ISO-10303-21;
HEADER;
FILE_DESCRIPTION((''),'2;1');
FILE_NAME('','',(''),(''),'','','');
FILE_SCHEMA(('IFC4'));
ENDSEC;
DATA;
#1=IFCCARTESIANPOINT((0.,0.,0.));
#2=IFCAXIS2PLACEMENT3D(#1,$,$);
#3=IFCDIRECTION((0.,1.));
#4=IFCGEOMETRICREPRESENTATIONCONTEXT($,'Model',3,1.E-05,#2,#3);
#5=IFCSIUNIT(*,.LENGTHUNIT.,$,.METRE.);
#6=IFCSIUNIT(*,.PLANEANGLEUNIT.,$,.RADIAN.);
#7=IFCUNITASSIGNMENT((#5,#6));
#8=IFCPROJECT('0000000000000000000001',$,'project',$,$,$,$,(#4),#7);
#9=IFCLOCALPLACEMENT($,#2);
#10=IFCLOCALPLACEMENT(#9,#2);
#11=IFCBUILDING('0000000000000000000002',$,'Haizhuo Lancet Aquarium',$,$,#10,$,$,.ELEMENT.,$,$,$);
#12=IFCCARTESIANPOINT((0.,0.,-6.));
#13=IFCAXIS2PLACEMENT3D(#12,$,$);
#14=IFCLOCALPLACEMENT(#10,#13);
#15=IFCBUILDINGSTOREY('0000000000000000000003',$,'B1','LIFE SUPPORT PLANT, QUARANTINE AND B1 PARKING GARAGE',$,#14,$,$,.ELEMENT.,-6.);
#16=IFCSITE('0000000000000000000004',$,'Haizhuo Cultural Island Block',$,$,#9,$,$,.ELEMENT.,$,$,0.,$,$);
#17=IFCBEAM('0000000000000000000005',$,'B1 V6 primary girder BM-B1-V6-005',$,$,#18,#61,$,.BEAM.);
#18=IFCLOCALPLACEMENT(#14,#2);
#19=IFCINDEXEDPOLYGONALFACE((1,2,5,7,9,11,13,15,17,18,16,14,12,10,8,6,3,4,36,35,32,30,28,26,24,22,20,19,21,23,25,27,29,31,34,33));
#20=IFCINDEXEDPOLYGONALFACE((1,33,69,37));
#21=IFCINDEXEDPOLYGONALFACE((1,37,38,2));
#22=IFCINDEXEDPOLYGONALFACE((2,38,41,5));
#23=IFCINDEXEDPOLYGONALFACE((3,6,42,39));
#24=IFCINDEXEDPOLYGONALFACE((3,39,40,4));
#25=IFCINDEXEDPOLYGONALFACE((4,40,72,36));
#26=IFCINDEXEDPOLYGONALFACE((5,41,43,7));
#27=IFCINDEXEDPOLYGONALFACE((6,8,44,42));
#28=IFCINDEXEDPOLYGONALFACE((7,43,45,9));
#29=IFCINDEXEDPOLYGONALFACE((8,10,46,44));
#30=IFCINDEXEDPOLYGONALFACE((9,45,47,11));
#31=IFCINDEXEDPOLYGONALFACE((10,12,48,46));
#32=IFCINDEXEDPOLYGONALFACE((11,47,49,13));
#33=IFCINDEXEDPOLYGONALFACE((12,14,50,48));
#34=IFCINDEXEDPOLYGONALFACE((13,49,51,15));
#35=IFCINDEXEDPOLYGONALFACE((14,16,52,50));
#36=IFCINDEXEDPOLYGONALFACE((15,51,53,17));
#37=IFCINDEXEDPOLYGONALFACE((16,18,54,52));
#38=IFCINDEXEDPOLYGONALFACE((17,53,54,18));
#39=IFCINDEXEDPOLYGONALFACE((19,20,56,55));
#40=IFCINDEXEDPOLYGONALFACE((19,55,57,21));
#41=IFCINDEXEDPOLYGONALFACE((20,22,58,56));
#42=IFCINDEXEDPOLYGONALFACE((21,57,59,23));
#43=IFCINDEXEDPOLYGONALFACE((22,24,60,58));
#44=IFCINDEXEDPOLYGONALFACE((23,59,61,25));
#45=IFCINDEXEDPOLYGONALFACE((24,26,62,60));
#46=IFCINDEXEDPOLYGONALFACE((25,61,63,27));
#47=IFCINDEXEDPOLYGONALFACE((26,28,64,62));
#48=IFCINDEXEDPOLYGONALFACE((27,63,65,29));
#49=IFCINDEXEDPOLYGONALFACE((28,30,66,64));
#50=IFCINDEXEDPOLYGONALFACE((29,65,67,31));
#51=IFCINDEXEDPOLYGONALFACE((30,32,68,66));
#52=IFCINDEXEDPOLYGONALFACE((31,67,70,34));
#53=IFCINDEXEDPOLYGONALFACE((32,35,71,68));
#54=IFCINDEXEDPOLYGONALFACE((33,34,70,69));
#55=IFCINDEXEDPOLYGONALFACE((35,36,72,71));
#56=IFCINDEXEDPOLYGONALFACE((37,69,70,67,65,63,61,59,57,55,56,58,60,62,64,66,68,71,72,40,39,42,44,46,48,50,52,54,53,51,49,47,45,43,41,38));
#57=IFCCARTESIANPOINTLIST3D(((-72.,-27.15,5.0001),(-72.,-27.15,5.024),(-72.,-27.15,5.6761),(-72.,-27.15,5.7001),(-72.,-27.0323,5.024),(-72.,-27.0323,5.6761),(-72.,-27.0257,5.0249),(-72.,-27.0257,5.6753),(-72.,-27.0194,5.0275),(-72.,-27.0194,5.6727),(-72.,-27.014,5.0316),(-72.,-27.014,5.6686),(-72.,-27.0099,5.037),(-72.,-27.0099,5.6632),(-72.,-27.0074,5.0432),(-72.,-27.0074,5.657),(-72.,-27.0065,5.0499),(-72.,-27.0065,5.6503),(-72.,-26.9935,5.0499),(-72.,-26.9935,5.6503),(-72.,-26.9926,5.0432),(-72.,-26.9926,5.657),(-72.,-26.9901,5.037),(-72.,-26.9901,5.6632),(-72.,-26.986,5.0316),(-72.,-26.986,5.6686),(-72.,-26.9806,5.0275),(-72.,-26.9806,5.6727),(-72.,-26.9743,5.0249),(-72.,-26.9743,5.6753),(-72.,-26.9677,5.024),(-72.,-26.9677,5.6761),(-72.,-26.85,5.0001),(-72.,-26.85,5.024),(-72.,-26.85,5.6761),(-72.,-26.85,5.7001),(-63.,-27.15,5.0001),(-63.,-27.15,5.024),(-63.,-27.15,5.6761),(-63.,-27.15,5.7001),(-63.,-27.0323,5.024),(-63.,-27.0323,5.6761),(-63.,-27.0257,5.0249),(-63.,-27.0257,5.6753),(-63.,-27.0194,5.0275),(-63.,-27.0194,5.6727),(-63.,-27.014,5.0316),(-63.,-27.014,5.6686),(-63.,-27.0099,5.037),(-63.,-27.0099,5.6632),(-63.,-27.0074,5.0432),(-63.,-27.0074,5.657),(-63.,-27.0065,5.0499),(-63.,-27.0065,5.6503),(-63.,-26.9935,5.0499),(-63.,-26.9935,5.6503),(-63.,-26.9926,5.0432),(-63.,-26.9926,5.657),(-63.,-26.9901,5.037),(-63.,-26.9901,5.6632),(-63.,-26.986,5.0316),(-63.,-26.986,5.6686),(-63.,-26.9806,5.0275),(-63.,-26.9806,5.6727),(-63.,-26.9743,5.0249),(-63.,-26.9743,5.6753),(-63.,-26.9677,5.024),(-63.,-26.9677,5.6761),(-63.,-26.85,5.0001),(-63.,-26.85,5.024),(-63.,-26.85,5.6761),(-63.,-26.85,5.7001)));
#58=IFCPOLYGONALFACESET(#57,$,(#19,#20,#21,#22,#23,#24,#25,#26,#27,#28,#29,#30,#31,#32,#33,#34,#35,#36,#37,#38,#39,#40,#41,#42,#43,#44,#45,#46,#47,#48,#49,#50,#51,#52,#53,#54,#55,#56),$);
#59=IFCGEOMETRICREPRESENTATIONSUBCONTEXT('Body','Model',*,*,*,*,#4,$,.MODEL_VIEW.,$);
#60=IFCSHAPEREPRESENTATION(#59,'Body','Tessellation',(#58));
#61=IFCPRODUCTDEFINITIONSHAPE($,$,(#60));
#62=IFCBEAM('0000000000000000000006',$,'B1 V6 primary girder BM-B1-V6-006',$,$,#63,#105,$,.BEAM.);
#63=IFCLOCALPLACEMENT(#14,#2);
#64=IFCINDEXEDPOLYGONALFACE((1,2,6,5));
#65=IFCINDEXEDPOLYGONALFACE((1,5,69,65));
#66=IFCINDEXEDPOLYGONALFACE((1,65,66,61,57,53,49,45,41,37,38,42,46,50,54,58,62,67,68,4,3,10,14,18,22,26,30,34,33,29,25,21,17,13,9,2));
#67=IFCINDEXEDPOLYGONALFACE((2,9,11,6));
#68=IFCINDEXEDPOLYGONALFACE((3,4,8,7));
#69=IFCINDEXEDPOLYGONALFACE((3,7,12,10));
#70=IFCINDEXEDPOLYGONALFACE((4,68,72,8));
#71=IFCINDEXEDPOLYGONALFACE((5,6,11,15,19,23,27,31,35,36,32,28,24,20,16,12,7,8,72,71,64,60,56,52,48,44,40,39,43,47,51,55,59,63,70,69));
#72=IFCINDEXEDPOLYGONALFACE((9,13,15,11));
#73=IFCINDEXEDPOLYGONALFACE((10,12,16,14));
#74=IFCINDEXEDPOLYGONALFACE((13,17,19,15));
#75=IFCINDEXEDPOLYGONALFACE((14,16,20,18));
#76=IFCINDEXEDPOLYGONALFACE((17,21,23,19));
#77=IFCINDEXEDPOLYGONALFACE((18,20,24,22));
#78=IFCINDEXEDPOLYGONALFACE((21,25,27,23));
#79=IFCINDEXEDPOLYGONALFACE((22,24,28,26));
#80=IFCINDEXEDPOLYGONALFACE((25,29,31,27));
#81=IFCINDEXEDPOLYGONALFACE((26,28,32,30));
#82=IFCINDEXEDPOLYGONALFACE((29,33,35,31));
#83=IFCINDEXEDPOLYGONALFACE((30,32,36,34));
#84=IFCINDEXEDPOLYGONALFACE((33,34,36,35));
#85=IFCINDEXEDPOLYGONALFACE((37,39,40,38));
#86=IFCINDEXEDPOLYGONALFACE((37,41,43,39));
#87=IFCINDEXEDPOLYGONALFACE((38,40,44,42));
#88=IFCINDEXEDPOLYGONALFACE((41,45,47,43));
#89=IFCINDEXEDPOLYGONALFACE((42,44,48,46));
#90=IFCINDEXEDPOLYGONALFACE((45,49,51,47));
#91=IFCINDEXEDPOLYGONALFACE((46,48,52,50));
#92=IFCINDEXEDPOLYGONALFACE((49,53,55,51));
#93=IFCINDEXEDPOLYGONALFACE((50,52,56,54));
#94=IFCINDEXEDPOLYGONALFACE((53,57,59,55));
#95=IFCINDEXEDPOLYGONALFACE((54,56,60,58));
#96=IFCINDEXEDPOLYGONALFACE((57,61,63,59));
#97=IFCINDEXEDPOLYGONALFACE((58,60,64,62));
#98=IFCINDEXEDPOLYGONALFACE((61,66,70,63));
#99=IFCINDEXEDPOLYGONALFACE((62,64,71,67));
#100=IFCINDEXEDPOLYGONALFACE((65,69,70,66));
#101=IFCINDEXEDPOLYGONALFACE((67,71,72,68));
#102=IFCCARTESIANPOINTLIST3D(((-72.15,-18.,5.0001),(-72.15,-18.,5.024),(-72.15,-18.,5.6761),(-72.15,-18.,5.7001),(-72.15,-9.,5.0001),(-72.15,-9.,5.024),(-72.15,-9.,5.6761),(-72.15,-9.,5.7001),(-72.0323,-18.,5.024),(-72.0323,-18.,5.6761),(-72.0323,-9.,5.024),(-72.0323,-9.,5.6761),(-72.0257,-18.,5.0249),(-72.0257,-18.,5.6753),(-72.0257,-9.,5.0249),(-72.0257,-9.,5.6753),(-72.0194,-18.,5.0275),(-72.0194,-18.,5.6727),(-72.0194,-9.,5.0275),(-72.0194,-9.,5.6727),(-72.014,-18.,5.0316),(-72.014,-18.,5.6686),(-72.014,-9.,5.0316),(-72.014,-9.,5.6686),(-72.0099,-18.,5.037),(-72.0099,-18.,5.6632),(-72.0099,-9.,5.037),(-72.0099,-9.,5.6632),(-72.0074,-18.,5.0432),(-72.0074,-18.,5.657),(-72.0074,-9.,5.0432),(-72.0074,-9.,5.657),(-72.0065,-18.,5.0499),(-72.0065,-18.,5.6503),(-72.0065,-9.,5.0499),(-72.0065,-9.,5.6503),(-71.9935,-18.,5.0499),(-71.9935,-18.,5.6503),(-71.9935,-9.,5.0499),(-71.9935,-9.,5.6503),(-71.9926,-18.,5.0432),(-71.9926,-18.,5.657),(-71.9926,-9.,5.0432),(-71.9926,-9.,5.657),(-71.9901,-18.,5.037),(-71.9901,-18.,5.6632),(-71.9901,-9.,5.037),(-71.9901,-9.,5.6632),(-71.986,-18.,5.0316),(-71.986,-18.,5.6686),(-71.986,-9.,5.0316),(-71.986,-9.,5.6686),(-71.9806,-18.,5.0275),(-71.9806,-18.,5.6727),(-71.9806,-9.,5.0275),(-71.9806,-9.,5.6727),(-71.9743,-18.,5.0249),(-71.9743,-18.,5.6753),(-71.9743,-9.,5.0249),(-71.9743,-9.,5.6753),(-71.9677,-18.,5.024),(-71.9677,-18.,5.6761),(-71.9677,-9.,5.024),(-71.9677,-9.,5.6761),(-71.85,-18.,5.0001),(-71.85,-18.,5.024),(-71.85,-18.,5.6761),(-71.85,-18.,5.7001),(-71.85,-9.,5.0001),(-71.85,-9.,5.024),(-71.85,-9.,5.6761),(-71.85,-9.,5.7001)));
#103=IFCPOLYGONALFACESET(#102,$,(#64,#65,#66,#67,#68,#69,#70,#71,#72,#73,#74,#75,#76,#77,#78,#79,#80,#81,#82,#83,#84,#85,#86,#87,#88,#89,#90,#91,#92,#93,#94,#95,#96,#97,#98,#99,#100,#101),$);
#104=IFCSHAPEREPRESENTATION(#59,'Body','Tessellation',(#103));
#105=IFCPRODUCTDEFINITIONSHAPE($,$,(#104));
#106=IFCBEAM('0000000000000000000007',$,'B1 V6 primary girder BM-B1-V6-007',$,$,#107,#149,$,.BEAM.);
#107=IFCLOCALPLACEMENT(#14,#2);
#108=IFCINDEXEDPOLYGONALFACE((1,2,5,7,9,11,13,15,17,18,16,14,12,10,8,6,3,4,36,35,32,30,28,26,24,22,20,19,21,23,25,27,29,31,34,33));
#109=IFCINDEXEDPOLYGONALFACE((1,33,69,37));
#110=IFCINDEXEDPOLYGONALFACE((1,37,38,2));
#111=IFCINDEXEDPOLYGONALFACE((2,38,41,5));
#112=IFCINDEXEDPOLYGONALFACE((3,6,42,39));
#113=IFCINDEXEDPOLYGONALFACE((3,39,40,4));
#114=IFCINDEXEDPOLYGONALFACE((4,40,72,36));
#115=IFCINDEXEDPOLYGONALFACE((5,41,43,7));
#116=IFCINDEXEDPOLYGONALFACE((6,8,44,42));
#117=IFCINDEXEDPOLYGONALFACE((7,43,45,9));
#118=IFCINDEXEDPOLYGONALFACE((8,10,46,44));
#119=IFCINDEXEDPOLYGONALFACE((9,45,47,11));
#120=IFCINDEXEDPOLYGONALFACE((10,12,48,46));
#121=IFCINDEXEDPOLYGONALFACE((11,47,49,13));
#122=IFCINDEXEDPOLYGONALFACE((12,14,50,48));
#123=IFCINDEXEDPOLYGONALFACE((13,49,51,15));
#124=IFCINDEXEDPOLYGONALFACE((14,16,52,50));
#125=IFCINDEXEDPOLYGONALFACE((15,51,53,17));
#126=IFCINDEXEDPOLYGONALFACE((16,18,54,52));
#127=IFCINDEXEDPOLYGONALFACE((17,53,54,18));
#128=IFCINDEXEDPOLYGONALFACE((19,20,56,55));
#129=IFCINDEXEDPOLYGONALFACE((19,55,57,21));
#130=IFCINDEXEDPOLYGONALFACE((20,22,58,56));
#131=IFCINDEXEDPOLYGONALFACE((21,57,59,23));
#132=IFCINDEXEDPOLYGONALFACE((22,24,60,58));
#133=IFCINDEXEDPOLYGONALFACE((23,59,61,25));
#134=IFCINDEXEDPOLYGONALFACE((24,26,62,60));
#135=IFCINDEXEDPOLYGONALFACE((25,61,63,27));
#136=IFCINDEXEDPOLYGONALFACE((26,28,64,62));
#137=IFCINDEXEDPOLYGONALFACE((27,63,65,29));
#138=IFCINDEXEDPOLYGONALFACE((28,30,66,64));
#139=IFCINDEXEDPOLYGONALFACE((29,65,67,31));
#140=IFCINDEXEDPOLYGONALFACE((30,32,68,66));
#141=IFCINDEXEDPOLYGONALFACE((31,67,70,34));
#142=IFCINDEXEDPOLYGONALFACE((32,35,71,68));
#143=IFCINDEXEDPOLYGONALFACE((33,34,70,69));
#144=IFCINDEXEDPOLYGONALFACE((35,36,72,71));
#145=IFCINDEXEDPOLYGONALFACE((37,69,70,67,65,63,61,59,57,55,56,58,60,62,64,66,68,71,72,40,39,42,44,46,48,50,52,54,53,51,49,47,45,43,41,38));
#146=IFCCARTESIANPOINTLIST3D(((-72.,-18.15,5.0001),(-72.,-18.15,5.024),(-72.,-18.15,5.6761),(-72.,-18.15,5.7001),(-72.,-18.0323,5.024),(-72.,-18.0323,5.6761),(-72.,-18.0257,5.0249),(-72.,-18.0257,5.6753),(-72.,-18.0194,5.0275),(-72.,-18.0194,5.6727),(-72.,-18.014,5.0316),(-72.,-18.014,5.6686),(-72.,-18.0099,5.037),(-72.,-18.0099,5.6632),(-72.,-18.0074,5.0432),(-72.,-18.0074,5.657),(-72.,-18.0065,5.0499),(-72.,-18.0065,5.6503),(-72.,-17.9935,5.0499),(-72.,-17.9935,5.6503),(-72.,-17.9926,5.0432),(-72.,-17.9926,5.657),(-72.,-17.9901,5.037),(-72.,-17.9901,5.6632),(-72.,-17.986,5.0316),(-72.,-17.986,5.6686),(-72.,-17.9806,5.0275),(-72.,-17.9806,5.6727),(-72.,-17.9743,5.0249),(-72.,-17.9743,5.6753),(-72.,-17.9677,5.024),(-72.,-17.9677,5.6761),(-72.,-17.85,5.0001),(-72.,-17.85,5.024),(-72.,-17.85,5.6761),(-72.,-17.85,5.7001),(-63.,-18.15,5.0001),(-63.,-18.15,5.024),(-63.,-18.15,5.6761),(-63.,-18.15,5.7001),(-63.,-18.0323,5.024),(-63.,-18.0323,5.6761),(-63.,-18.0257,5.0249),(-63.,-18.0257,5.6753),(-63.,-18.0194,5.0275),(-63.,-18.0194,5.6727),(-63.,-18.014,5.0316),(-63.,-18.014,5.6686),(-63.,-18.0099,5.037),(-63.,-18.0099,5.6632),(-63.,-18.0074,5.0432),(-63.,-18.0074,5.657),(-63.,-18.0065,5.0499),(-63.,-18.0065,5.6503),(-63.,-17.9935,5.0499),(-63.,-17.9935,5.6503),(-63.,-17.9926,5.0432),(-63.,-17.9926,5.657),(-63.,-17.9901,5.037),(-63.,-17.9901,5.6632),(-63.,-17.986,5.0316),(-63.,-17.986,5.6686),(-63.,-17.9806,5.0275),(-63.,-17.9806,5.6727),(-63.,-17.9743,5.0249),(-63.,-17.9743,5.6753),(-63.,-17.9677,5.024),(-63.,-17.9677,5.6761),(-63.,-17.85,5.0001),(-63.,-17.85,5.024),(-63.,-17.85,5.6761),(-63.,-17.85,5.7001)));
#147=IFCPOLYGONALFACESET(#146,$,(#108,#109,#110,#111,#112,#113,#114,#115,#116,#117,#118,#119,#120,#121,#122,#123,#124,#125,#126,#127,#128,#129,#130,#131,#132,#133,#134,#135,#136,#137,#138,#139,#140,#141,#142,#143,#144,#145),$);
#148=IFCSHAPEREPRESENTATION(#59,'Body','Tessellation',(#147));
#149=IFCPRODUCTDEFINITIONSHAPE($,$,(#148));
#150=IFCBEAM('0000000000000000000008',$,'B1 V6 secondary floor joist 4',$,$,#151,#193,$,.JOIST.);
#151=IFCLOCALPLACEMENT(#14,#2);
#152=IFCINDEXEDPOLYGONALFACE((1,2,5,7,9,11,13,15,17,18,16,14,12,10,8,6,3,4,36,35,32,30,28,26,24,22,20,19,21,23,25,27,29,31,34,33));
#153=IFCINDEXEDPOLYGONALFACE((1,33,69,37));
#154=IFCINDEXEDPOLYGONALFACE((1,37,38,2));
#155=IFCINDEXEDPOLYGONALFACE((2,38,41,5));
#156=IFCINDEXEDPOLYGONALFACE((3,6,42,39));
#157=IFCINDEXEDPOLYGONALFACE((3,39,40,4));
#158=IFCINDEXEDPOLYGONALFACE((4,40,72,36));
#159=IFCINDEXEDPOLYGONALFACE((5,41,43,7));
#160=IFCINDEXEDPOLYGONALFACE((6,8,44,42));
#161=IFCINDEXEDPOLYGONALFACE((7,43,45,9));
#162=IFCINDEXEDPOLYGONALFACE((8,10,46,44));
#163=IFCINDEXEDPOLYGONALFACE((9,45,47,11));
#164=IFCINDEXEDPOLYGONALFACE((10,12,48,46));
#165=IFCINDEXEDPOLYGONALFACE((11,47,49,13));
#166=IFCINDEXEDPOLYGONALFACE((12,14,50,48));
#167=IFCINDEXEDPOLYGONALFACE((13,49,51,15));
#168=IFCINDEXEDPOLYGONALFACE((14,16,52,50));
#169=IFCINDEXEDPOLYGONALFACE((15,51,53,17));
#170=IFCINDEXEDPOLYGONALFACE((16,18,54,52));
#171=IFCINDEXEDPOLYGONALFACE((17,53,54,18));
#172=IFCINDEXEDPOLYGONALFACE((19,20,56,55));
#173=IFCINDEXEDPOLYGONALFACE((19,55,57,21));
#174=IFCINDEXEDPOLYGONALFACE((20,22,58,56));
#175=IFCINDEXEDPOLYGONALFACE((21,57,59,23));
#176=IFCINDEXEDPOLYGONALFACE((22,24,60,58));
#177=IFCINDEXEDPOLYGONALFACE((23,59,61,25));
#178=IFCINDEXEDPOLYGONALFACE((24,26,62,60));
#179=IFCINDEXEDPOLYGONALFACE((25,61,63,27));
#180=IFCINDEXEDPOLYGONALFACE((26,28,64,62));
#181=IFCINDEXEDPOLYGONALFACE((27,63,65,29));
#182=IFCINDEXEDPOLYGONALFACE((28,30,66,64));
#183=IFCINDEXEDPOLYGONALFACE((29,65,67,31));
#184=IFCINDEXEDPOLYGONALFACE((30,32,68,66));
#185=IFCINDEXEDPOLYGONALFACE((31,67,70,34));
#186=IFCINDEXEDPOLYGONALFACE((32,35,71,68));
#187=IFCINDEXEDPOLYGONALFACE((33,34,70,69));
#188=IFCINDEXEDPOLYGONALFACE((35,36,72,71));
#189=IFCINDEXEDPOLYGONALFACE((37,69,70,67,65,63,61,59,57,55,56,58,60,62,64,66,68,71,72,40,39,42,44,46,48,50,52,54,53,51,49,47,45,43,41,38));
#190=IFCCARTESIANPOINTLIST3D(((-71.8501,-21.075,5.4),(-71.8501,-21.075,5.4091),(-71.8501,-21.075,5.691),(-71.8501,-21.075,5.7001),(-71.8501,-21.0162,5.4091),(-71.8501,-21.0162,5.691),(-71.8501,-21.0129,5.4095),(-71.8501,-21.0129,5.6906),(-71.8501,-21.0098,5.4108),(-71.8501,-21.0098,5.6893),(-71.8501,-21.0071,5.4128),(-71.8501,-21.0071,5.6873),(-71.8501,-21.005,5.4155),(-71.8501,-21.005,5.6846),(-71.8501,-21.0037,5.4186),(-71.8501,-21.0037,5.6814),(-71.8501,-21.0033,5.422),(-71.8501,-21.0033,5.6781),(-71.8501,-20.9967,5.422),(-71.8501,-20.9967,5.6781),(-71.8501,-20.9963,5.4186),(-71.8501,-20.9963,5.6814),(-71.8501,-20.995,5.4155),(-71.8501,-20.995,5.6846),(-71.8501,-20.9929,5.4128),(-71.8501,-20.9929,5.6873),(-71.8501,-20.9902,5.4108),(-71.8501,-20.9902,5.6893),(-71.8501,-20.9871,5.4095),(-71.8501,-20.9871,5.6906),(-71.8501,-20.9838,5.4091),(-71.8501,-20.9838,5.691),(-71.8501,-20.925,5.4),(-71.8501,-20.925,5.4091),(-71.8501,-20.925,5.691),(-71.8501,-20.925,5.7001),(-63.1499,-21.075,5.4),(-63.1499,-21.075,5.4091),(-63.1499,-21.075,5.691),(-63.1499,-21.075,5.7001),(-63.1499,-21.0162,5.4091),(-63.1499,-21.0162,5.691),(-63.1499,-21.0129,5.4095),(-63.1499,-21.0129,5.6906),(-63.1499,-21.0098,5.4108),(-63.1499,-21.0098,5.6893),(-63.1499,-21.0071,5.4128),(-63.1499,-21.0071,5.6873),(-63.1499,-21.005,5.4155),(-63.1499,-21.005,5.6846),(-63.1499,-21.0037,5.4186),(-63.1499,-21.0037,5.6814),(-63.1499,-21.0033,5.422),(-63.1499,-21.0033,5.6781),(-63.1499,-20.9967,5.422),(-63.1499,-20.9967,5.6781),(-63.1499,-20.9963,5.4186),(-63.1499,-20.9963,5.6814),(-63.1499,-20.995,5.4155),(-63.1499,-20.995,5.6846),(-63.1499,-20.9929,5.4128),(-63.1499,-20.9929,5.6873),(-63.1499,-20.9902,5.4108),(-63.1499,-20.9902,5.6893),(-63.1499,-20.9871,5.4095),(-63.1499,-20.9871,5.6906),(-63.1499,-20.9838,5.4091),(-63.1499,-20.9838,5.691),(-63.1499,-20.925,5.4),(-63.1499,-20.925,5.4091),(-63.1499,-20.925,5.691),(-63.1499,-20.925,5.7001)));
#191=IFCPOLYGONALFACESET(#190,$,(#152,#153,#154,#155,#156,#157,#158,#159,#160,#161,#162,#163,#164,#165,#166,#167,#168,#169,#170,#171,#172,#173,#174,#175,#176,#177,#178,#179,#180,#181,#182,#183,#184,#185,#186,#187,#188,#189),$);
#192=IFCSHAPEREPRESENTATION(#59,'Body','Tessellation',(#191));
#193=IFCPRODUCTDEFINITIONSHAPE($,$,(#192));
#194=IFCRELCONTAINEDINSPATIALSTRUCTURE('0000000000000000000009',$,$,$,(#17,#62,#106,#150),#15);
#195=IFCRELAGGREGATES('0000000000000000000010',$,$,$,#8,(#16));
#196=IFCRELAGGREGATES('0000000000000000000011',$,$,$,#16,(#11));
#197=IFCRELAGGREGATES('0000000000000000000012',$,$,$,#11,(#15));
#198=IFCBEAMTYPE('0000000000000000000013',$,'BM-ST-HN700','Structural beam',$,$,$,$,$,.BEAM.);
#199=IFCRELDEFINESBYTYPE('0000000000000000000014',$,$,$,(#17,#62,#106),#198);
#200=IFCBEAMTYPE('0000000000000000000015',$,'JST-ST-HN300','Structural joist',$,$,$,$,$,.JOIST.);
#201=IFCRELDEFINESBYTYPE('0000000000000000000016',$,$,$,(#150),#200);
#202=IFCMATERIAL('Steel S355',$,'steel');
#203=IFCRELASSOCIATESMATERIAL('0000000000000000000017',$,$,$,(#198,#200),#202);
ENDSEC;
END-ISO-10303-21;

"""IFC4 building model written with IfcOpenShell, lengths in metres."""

from ifc_helpers import new_model, si_unit, direction, frame, origin, origin_2d, place, context, subcontext, project, spatial, i_section, extrude, material, material_profile, profile_set, type_object, element, save


model = new_model("IFC4")

# Units and contexts
model_context = context("Model", 3, precision=1e-05, world=origin(), true_north=direction((0.0, 1.0)))
body_context = subcontext(model_context, "Body", "Model", "MODEL_VIEW")
ifc_project = project(units=[si_unit("LENGTHUNIT", "METRE"), si_unit("PLANEANGLEUNIT", "RADIAN")], contexts=[model_context])

# Site, building, storey
site_placement = place(None, origin())
site = spatial("IfcSite", under=ifc_project, at=site_placement, Name="Haizhuo Cultural Island Block", CompositionType="ELEMENT", RefElevation=0.0)
building_placement = place(site_placement, origin())
building = spatial("IfcBuilding", under=site, at=building_placement, Name="Haizhuo Lancet Aquarium", CompositionType="ELEMENT")
storey_placement = place(building_placement, frame((0.0, 0.0, -6.0)))
storey = spatial("IfcBuildingStorey", under=building, at=storey_placement, Name="B1", Description="LIFE SUPPORT PLANT, QUARANTINE AND B1 PARKING GARAGE", CompositionType="ELEMENT", Elevation=-6.0)

# Beams
ifc_material_1 = material(Name="Steel S355", Category="steel")
ifc_material_profile_1 = material_profile(ifc_material_1, i_section(OverallWidth=0.3, OverallDepth=0.7, WebThickness=0.0129, FlangeThickness=0.0239, FilletRadius=0.0259, at=origin_2d()), Name="HN 700x300x13x24")
ifc_profile_set_1 = profile_set([ifc_material_profile_1], Name="Steel S355")
beam_type_1 = type_object("IfcBeamType", Name="BM-ST-HN700", Description="Structural beam", PredefinedType="BEAM", material=ifc_profile_set_1)
for number, where, z_axis, x_axis, name in (
    (1, (-72.0, -27.0, 5.3501), (1.0, 0.0, 0.0), (0.0, 1.0, 0.0), "B1 V6 primary girder BM-B1-V6-005"),
    (2, (-72.0, -18.0, 5.3501), (0.0, 1.0, 0.0), (-1.0, 0.0, 0.0), "B1 V6 primary girder BM-B1-V6-006"),
    (3, (-72.0, -18.0, 5.3501), (1.0, 0.0, 0.0), (0.0, 1.0, 0.0), "B1 V6 primary girder BM-B1-V6-007"),
):
    element("IfcBeam", number, at=place(storey_placement, frame(where, z_axis=z_axis, x_axis=x_axis)), inside=storey, type_object=beam_type_1, Name=name, PredefinedType="BEAM", context=body_context, shape_type="SweptSolid", body=[
        extrude(i_section(OverallWidth=0.3, OverallDepth=0.7, WebThickness=0.0129, FlangeThickness=0.0239, FilletRadius=0.0259, at=origin_2d()), origin(), (0.0, 0.0, 1.0), 9.0),
    ])
ifc_material_profile_2 = material_profile(ifc_material_1, i_section(OverallWidth=0.1499, OverallDepth=0.3, WebThickness=0.0066, FlangeThickness=0.009, FilletRadius=0.0129, at=origin_2d()), Name="HN 300x150x6.5x9")
ifc_profile_set_2 = profile_set([ifc_material_profile_2], Name="Steel S355")
beam_type_2 = type_object("IfcBeamType", Name="JST-ST-HN300", Description="Structural joist", PredefinedType="JOIST", material=ifc_profile_set_2)
beam_1_placement = place(storey_placement, frame((-71.8501, -21.0, 5.55), z_axis=(1.0, 0.0, 0.0), x_axis=(0.0, 1.0, 0.0)))
element("IfcBeam", 4, at=beam_1_placement, inside=storey, type_object=beam_type_2, Name="B1 V6 secondary floor joist 4", PredefinedType="JOIST", context=body_context, shape_type="SweptSolid", body=[
    extrude(i_section(OverallWidth=0.1499, OverallDepth=0.3, WebThickness=0.0066, FlangeThickness=0.009, FilletRadius=0.0129, at=origin_2d()), origin(), (0.0, 0.0, 1.0), 8.7002),
])

save(model, "model.ifc")
